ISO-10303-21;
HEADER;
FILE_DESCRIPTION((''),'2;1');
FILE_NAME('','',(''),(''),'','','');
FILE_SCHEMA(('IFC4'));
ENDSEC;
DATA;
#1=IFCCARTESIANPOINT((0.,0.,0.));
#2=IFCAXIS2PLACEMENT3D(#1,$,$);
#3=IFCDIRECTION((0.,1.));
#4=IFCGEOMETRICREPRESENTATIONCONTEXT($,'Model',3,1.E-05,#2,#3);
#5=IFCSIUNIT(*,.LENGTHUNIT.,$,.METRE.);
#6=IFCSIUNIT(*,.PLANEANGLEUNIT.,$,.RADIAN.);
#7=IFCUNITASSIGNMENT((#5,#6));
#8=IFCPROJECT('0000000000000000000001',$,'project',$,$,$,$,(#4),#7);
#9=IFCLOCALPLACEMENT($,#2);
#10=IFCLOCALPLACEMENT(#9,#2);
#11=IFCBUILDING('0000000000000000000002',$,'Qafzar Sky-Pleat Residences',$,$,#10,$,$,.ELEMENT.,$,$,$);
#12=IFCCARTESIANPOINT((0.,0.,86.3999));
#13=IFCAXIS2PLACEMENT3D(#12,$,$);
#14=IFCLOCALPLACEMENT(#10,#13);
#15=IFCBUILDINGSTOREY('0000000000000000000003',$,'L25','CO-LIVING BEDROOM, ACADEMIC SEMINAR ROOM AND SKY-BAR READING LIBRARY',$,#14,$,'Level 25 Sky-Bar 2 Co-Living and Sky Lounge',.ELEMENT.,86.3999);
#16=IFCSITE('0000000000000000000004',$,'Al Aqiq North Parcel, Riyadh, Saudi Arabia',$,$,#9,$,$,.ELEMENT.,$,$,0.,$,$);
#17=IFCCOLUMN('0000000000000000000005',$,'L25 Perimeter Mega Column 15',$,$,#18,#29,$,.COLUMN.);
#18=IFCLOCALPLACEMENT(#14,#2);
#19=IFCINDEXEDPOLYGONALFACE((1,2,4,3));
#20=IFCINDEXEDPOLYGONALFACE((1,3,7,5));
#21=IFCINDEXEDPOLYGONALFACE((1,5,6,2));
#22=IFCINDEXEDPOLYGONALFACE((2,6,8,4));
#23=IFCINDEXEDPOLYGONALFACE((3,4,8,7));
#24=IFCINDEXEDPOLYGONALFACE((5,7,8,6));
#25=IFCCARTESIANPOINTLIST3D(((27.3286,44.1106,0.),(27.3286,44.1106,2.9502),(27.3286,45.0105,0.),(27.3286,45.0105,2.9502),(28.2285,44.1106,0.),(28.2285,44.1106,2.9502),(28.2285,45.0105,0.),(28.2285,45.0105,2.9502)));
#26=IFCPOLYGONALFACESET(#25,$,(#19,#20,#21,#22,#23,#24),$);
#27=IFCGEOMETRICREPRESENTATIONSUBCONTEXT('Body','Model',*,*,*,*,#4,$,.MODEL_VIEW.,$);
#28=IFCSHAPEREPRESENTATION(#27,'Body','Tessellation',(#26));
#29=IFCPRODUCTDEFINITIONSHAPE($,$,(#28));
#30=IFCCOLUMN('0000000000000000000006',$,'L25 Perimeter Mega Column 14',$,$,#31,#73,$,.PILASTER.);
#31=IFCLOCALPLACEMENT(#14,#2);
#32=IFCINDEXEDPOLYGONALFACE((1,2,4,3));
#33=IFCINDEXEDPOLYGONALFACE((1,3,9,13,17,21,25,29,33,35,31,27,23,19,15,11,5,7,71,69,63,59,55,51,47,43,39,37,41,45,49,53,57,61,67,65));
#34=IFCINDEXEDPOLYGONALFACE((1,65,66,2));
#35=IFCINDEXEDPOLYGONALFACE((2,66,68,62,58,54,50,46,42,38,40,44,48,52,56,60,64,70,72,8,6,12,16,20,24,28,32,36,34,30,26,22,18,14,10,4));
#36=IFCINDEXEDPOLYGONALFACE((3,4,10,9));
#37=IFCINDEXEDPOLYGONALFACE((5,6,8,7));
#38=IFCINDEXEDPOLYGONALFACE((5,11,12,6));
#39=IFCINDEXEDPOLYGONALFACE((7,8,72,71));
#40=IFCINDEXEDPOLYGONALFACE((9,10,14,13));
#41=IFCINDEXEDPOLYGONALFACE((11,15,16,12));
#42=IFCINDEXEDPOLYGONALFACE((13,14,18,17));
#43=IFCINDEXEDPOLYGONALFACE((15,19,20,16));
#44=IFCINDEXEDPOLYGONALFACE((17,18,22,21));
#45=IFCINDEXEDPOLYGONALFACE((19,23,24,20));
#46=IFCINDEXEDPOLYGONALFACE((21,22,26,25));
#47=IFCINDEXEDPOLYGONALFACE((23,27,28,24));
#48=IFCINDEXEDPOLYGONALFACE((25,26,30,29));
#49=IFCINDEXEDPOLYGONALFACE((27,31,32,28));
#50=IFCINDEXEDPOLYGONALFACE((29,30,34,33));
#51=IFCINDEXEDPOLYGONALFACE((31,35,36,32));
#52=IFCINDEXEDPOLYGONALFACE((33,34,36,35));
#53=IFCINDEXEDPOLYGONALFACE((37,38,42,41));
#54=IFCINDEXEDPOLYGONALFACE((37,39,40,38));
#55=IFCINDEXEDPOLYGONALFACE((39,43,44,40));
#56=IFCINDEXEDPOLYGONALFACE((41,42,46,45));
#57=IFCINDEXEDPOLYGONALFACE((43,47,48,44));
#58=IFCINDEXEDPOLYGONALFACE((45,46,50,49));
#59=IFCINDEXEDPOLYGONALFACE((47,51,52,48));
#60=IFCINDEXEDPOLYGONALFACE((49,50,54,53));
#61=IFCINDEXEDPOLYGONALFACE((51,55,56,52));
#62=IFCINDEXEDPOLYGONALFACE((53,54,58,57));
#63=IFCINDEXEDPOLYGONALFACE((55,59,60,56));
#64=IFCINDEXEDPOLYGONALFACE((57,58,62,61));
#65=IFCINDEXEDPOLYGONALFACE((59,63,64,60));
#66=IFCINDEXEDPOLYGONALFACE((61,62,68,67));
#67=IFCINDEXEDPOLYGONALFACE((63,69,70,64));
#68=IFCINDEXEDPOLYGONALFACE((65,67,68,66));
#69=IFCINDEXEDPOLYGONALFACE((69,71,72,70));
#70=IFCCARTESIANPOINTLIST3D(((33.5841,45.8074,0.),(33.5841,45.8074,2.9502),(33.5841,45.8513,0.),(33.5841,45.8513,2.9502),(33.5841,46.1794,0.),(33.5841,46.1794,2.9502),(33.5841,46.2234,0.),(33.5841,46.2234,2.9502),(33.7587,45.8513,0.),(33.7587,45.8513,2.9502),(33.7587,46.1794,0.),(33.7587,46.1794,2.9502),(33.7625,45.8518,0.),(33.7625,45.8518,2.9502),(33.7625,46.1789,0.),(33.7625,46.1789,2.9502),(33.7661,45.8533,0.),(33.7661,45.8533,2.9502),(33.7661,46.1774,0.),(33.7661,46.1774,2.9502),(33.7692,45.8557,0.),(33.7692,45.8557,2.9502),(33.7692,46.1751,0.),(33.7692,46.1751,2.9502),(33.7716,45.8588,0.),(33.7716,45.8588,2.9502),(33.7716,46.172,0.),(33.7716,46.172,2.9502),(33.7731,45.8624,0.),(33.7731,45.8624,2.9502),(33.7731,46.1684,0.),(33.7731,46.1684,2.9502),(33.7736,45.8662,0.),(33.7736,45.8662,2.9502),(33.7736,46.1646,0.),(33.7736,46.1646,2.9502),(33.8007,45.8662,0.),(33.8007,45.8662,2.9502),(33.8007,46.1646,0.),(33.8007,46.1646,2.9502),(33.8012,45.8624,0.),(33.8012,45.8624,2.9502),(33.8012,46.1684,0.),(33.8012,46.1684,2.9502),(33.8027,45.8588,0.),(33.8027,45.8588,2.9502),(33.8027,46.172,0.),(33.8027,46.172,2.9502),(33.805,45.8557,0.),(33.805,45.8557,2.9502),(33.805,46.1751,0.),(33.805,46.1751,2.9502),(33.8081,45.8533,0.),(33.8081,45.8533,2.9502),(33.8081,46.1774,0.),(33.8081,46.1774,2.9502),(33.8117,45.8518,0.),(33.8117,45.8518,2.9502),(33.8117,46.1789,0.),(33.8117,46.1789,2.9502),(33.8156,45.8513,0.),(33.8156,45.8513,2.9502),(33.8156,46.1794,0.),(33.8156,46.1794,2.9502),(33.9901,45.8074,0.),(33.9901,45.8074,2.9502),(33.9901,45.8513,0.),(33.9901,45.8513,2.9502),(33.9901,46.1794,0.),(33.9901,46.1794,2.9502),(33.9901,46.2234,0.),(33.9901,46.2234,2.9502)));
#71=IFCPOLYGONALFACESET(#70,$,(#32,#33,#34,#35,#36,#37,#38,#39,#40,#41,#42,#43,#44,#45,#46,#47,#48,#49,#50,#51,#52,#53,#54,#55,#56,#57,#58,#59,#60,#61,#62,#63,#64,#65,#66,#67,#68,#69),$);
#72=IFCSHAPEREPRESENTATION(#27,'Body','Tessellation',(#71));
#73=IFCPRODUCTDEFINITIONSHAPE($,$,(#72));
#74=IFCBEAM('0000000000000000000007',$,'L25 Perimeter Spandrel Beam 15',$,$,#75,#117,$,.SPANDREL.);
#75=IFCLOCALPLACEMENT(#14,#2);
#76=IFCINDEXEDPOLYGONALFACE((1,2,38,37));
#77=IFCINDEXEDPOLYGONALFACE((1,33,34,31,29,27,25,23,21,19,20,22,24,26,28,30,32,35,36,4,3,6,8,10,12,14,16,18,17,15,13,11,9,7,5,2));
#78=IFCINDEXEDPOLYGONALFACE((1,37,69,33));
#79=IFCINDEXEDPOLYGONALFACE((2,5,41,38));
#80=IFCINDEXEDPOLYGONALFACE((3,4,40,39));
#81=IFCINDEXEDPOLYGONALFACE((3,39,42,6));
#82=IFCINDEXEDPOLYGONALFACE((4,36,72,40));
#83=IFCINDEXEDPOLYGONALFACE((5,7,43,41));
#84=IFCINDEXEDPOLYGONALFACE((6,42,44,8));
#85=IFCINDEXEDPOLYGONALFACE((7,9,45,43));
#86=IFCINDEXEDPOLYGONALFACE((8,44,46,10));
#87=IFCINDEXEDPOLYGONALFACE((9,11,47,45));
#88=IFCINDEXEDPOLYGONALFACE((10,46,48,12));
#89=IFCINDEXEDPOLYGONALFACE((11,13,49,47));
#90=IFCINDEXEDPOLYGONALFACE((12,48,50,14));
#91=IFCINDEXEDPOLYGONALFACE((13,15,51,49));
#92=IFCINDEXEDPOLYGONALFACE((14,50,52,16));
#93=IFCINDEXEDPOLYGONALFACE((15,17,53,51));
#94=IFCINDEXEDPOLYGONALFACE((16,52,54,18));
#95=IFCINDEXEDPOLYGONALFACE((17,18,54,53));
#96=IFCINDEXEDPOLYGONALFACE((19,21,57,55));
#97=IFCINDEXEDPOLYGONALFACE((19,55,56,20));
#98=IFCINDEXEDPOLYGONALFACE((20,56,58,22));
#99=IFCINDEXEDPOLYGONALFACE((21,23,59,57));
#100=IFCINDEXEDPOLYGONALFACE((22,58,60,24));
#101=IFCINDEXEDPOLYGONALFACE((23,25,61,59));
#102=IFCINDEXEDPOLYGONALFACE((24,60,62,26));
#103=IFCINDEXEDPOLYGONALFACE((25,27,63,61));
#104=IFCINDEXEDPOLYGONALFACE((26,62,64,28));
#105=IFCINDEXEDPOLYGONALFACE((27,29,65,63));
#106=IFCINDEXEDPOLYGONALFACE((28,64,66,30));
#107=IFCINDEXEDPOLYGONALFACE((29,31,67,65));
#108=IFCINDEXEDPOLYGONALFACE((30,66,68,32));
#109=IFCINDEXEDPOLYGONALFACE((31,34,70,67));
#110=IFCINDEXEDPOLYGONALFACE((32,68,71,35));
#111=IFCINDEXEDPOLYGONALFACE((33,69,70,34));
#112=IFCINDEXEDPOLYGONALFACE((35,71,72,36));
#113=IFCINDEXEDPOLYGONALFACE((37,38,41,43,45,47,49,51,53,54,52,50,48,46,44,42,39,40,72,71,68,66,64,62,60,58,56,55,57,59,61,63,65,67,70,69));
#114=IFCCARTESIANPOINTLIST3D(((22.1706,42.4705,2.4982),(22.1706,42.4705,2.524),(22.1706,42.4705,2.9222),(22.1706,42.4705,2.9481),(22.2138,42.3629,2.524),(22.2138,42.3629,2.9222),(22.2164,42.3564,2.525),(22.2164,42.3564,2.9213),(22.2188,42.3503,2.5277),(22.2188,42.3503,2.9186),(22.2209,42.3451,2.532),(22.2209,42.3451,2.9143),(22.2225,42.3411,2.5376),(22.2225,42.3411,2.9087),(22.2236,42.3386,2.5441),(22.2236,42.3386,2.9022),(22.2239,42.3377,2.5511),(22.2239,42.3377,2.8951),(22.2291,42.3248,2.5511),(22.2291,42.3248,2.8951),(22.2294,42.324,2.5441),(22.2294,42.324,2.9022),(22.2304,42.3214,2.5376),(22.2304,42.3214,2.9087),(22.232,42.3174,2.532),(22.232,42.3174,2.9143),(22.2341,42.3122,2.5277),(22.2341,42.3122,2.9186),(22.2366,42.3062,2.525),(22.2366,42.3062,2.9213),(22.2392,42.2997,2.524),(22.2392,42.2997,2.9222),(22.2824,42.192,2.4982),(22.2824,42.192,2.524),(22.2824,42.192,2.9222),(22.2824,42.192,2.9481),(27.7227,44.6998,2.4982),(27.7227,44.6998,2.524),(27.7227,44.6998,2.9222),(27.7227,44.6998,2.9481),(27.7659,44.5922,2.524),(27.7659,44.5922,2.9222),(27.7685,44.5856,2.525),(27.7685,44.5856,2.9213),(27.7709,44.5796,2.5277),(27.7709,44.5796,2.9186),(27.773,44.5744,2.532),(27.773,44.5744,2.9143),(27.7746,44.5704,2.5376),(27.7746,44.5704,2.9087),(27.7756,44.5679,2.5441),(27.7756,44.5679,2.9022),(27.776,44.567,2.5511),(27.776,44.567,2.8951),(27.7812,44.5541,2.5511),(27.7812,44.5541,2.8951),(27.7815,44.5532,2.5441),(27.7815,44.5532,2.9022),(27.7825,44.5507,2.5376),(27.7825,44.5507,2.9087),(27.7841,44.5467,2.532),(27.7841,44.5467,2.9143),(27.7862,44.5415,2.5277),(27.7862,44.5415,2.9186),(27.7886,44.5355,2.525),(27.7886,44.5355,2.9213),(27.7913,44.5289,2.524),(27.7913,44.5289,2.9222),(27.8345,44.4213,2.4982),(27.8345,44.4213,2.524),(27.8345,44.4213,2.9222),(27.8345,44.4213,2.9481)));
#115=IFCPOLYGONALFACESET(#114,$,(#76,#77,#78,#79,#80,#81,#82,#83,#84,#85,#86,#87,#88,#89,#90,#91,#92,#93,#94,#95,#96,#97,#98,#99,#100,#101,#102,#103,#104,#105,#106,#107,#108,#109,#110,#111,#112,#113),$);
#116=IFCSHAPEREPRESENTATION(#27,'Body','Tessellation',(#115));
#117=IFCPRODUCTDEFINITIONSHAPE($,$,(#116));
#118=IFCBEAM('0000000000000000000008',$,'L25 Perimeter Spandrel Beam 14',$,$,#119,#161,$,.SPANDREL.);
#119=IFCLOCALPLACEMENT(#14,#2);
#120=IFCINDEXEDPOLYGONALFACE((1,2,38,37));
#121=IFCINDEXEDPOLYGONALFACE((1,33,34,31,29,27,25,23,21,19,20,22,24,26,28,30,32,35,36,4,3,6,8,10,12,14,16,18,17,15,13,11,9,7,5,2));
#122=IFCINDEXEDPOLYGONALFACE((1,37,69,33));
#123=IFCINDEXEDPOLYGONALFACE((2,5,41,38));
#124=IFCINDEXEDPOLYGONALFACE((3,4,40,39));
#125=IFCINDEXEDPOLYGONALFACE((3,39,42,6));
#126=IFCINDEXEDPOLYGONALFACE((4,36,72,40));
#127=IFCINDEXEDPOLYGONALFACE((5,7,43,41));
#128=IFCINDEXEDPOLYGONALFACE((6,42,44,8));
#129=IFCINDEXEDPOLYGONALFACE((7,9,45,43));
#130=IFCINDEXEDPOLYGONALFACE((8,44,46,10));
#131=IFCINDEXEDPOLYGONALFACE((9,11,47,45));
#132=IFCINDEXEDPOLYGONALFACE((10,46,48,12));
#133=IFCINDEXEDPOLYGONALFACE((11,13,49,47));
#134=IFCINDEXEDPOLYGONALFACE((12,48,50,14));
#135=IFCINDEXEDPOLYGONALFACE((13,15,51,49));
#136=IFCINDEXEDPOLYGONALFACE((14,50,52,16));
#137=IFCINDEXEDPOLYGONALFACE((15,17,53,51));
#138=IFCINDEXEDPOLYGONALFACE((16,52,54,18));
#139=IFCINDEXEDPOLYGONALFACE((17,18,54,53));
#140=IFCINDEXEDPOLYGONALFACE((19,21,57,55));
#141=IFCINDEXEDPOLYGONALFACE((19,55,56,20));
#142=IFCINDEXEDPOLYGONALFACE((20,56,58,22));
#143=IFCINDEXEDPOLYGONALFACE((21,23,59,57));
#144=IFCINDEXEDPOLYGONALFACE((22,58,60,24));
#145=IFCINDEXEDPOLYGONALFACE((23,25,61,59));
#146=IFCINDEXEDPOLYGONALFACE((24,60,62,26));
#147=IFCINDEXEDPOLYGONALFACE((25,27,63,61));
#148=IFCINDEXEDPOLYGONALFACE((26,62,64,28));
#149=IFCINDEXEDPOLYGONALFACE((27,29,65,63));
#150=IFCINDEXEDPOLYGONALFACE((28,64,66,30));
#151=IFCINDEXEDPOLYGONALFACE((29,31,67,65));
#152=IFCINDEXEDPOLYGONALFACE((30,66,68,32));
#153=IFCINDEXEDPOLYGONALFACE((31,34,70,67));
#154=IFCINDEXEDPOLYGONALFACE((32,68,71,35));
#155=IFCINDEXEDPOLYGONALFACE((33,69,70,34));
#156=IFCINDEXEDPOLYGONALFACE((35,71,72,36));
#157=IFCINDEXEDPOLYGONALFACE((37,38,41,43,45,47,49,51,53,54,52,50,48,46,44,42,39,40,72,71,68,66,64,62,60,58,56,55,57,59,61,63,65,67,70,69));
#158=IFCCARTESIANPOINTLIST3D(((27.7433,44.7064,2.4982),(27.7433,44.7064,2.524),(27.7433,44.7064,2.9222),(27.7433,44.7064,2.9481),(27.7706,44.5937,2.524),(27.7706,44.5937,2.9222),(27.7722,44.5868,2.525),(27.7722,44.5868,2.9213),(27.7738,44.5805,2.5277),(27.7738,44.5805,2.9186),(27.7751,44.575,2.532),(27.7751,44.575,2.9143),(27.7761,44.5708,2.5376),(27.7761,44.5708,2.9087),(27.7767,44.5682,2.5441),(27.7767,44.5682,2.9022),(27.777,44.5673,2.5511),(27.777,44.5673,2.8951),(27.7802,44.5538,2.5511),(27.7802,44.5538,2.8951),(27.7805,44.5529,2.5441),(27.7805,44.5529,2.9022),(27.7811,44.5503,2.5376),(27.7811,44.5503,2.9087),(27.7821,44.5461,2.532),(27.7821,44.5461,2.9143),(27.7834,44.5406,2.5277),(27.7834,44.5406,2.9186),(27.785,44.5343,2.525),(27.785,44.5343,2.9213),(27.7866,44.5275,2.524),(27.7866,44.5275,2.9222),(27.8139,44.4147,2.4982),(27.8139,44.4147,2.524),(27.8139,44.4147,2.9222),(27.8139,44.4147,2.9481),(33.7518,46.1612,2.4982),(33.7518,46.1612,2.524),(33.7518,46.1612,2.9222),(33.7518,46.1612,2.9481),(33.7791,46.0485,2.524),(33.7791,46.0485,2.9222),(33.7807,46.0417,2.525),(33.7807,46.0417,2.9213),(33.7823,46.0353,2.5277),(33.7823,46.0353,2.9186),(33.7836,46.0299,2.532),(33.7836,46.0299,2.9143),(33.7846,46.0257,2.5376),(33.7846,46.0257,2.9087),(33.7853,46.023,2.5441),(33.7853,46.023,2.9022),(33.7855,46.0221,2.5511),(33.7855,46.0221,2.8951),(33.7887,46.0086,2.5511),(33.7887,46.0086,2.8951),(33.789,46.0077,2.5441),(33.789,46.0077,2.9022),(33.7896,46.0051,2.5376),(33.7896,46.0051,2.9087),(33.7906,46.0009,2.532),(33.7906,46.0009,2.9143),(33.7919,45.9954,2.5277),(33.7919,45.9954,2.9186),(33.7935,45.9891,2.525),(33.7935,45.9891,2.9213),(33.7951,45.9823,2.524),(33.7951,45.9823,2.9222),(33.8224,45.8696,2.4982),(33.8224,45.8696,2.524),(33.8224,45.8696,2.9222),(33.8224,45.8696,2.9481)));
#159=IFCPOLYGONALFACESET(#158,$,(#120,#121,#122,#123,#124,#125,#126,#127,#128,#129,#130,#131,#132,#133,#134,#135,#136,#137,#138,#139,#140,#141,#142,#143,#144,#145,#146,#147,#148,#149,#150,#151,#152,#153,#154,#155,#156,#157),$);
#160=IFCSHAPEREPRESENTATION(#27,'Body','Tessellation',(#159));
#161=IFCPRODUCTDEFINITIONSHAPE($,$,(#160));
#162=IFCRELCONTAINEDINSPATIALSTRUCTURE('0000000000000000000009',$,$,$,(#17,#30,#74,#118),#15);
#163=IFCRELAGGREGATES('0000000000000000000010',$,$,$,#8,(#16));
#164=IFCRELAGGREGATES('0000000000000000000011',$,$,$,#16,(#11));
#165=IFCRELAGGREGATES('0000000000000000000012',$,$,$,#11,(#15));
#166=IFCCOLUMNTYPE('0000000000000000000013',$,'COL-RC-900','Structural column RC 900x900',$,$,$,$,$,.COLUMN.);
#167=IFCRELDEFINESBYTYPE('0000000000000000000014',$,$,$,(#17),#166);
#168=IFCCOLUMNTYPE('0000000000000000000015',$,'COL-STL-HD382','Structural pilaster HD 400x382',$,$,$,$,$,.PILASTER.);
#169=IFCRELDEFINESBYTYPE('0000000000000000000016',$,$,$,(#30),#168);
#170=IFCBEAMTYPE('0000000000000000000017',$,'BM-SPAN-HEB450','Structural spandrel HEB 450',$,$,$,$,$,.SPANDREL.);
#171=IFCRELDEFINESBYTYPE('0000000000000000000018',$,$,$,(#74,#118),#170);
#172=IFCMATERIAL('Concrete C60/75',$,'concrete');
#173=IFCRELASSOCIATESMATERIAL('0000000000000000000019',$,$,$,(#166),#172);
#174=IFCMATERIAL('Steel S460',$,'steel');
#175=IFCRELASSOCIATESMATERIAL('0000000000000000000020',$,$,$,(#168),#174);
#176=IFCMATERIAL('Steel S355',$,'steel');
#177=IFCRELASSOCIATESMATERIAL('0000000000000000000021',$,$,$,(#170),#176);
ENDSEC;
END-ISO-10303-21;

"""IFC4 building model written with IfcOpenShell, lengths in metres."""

from ifc_helpers import new_model, si_unit, direction, frame, origin, origin_2d, place, context, subcontext, project, spatial, rectangle, i_section, extrude, source, transform, mapped, material, material_profile, profile_set, type_object, element, save


model = new_model("IFC4")

# Units and contexts
model_context = context("Model", 3, precision=1e-05, world=origin(), true_north=direction((0.0, 1.0)))
body_context = subcontext(model_context, "Body", "Model", "MODEL_VIEW")
ifc_project = project(units=[si_unit("LENGTHUNIT", "METRE"), si_unit("PLANEANGLEUNIT", "RADIAN")], contexts=[model_context])

# Site, building, storey
site_placement = place(None, origin())
site = spatial("IfcSite", under=ifc_project, at=site_placement, Name="Al Aqiq North Parcel, Riyadh, Saudi Arabia", CompositionType="ELEMENT", RefElevation=0.0)
building_placement = place(site_placement, origin())
building = spatial("IfcBuilding", under=site, at=building_placement, Name="Qafzar Sky-Pleat Residences", CompositionType="ELEMENT")
storey_placement = place(building_placement, frame((0.0, 0.0, 86.3999)))
storey = spatial("IfcBuildingStorey", under=building, at=storey_placement, Name="L25", Description="CO-LIVING BEDROOM, ACADEMIC SEMINAR ROOM AND SKY-BAR READING LIBRARY", LongName="Level 25 Sky-Bar 2 Co-Living and Sky Lounge", CompositionType="ELEMENT", Elevation=86.3999)

# Columns
ifc_material_1 = material(Name="Concrete C60/75", Category="concrete")
ifc_material_profile_1 = material_profile(ifc_material_1, rectangle(XDim=0.8999, YDim=0.8999, at=origin_2d()), Name="RC 900x900")
ifc_profile_set_1 = profile_set([ifc_material_profile_1], Name="Concrete C60/75")
column_type_1 = type_object("IfcColumnType", Name="COL-RC-900", Description="Structural column RC 900x900", PredefinedType="COLUMN", material=ifc_profile_set_1)
shared_shape_1 = source(origin(), body_context, "Body", "SweptSolid", [
    extrude(rectangle(XDim=0.8999, YDim=0.8999, at=origin_2d()), origin(), (0.0, 0.0, 1.0), 2.9502),
])
column_1_placement = place(storey_placement, frame((27.7786, 44.5605, 0.0), z_axis=(0.0, 0.0, 1.0), x_axis=(1.0, 0.0, 0.0)))
element("IfcColumn", 1, at=column_1_placement, inside=storey, type_object=column_type_1, Name="L25 Perimeter Mega Column 15", PredefinedType="COLUMN", context=body_context, shape_type="MappedRepresentation", body=[
    mapped(shared_shape_1, transform((0.0, 0.0, 0.0), x_axis=(1.0, 0.0, 0.0), y_axis=(0.0, 1.0, 0.0), z_axis=(0.0, 0.0, 1.0), scale=1.0)),
])
ifc_material_2 = material(Name="Steel S460", Category="steel")
ifc_material_profile_2 = material_profile(ifc_material_2, i_section(OverallWidth=0.406, OverallDepth=0.416, WebThickness=0.0271, FlangeThickness=0.0439, FilletRadius=0.0149, at=origin_2d()), Name="HD 400x382")
ifc_profile_set_2 = profile_set([ifc_material_profile_2], Name="Steel S460")
column_type_2 = type_object("IfcColumnType", Name="COL-STL-HD382", Description="Structural pilaster HD 400x382", PredefinedType="PILASTER", material=ifc_profile_set_2)
shared_shape_2 = source(origin(), body_context, "Body", "SweptSolid", [
    extrude(i_section(OverallWidth=0.406, OverallDepth=0.416, WebThickness=0.0271, FlangeThickness=0.0439, FilletRadius=0.0149, at=origin_2d()), origin(), (0.0, 0.0, 1.0), 2.9502),
])
column_2_placement = place(storey_placement, frame((33.7871, 46.0154, 0.0), z_axis=(0.0, 0.0, 1.0), x_axis=(1.0, 0.0, 0.0)))
element("IfcColumn", 2, at=column_2_placement, inside=storey, type_object=column_type_2, Name="L25 Perimeter Mega Column 14", PredefinedType="PILASTER", context=body_context, shape_type="MappedRepresentation", body=[
    mapped(shared_shape_2, transform((0.0, 0.0, 0.0), x_axis=(1.0, 0.0, 0.0), y_axis=(0.0, 1.0, 0.0), z_axis=(0.0, 0.0, 1.0), scale=1.0)),
])

# Beams
ifc_material_3 = material(Name="Steel S355", Category="steel")
ifc_material_profile_3 = material_profile(ifc_material_3, i_section(OverallWidth=0.3, OverallDepth=0.45, WebThickness=0.0139, FlangeThickness=0.0259, FilletRadius=0.0271, at=origin_2d()), Name="HEB 450")
ifc_profile_set_3 = profile_set([ifc_material_profile_3], Name="Steel S355")
beam_type_1 = type_object("IfcBeamType", Name="BM-SPAN-HEB450", Description="Structural spandrel HEB 450", PredefinedType="SPANDREL", material=ifc_profile_set_3)
shared_shape_3 = source(origin(), body_context, "Body", "SweptSolid", [
    extrude(i_section(OverallWidth=0.3, OverallDepth=0.45, WebThickness=0.0139, FlangeThickness=0.0259, FilletRadius=0.0271, at=origin_2d()), origin(), (0.0, 0.0, 1.0), 5.9829),
])
beam_1_placement = place(storey_placement, frame((27.7786, 44.5605, 2.7231), z_axis=(-0.927989, -0.372608, 0.0), x_axis=(0.372608, -0.927989, 0.0)))
element("IfcBeam", 3, at=beam_1_placement, inside=storey, type_object=beam_type_1, Name="L25 Perimeter Spandrel Beam 15", PredefinedType="SPANDREL", context=body_context, shape_type="MappedRepresentation", body=[
    mapped(shared_shape_3, transform((0.0, 0.0, 0.0), x_axis=(1.0, 0.0, 0.0), y_axis=(0.0, 1.0, 0.0), z_axis=(0.0, 0.0, 1.0), scale=1.0)),
])
shared_shape_4 = source(origin(), body_context, "Body", "SweptSolid", [
    extrude(i_section(OverallWidth=0.3, OverallDepth=0.45, WebThickness=0.0139, FlangeThickness=0.0259, FilletRadius=0.0271, at=origin_2d()), origin(), (0.0, 0.0, 1.0), 6.1821),
])
beam_2_placement = place(storey_placement, frame((33.7871, 46.0154, 2.7231), z_axis=(-0.971916, -0.235328, 0.0), x_axis=(0.235328, -0.971916, 0.0)))
element("IfcBeam", 4, at=beam_2_placement, inside=storey, type_object=beam_type_1, Name="L25 Perimeter Spandrel Beam 14", PredefinedType="SPANDREL", context=body_context, shape_type="MappedRepresentation", body=[
    mapped(shared_shape_4, transform((0.0, 0.0, 0.0), x_axis=(1.0, 0.0, 0.0), y_axis=(0.0, 1.0, 0.0), z_axis=(0.0, 0.0, 1.0), scale=1.0)),
])

save(model, "model.ifc")
